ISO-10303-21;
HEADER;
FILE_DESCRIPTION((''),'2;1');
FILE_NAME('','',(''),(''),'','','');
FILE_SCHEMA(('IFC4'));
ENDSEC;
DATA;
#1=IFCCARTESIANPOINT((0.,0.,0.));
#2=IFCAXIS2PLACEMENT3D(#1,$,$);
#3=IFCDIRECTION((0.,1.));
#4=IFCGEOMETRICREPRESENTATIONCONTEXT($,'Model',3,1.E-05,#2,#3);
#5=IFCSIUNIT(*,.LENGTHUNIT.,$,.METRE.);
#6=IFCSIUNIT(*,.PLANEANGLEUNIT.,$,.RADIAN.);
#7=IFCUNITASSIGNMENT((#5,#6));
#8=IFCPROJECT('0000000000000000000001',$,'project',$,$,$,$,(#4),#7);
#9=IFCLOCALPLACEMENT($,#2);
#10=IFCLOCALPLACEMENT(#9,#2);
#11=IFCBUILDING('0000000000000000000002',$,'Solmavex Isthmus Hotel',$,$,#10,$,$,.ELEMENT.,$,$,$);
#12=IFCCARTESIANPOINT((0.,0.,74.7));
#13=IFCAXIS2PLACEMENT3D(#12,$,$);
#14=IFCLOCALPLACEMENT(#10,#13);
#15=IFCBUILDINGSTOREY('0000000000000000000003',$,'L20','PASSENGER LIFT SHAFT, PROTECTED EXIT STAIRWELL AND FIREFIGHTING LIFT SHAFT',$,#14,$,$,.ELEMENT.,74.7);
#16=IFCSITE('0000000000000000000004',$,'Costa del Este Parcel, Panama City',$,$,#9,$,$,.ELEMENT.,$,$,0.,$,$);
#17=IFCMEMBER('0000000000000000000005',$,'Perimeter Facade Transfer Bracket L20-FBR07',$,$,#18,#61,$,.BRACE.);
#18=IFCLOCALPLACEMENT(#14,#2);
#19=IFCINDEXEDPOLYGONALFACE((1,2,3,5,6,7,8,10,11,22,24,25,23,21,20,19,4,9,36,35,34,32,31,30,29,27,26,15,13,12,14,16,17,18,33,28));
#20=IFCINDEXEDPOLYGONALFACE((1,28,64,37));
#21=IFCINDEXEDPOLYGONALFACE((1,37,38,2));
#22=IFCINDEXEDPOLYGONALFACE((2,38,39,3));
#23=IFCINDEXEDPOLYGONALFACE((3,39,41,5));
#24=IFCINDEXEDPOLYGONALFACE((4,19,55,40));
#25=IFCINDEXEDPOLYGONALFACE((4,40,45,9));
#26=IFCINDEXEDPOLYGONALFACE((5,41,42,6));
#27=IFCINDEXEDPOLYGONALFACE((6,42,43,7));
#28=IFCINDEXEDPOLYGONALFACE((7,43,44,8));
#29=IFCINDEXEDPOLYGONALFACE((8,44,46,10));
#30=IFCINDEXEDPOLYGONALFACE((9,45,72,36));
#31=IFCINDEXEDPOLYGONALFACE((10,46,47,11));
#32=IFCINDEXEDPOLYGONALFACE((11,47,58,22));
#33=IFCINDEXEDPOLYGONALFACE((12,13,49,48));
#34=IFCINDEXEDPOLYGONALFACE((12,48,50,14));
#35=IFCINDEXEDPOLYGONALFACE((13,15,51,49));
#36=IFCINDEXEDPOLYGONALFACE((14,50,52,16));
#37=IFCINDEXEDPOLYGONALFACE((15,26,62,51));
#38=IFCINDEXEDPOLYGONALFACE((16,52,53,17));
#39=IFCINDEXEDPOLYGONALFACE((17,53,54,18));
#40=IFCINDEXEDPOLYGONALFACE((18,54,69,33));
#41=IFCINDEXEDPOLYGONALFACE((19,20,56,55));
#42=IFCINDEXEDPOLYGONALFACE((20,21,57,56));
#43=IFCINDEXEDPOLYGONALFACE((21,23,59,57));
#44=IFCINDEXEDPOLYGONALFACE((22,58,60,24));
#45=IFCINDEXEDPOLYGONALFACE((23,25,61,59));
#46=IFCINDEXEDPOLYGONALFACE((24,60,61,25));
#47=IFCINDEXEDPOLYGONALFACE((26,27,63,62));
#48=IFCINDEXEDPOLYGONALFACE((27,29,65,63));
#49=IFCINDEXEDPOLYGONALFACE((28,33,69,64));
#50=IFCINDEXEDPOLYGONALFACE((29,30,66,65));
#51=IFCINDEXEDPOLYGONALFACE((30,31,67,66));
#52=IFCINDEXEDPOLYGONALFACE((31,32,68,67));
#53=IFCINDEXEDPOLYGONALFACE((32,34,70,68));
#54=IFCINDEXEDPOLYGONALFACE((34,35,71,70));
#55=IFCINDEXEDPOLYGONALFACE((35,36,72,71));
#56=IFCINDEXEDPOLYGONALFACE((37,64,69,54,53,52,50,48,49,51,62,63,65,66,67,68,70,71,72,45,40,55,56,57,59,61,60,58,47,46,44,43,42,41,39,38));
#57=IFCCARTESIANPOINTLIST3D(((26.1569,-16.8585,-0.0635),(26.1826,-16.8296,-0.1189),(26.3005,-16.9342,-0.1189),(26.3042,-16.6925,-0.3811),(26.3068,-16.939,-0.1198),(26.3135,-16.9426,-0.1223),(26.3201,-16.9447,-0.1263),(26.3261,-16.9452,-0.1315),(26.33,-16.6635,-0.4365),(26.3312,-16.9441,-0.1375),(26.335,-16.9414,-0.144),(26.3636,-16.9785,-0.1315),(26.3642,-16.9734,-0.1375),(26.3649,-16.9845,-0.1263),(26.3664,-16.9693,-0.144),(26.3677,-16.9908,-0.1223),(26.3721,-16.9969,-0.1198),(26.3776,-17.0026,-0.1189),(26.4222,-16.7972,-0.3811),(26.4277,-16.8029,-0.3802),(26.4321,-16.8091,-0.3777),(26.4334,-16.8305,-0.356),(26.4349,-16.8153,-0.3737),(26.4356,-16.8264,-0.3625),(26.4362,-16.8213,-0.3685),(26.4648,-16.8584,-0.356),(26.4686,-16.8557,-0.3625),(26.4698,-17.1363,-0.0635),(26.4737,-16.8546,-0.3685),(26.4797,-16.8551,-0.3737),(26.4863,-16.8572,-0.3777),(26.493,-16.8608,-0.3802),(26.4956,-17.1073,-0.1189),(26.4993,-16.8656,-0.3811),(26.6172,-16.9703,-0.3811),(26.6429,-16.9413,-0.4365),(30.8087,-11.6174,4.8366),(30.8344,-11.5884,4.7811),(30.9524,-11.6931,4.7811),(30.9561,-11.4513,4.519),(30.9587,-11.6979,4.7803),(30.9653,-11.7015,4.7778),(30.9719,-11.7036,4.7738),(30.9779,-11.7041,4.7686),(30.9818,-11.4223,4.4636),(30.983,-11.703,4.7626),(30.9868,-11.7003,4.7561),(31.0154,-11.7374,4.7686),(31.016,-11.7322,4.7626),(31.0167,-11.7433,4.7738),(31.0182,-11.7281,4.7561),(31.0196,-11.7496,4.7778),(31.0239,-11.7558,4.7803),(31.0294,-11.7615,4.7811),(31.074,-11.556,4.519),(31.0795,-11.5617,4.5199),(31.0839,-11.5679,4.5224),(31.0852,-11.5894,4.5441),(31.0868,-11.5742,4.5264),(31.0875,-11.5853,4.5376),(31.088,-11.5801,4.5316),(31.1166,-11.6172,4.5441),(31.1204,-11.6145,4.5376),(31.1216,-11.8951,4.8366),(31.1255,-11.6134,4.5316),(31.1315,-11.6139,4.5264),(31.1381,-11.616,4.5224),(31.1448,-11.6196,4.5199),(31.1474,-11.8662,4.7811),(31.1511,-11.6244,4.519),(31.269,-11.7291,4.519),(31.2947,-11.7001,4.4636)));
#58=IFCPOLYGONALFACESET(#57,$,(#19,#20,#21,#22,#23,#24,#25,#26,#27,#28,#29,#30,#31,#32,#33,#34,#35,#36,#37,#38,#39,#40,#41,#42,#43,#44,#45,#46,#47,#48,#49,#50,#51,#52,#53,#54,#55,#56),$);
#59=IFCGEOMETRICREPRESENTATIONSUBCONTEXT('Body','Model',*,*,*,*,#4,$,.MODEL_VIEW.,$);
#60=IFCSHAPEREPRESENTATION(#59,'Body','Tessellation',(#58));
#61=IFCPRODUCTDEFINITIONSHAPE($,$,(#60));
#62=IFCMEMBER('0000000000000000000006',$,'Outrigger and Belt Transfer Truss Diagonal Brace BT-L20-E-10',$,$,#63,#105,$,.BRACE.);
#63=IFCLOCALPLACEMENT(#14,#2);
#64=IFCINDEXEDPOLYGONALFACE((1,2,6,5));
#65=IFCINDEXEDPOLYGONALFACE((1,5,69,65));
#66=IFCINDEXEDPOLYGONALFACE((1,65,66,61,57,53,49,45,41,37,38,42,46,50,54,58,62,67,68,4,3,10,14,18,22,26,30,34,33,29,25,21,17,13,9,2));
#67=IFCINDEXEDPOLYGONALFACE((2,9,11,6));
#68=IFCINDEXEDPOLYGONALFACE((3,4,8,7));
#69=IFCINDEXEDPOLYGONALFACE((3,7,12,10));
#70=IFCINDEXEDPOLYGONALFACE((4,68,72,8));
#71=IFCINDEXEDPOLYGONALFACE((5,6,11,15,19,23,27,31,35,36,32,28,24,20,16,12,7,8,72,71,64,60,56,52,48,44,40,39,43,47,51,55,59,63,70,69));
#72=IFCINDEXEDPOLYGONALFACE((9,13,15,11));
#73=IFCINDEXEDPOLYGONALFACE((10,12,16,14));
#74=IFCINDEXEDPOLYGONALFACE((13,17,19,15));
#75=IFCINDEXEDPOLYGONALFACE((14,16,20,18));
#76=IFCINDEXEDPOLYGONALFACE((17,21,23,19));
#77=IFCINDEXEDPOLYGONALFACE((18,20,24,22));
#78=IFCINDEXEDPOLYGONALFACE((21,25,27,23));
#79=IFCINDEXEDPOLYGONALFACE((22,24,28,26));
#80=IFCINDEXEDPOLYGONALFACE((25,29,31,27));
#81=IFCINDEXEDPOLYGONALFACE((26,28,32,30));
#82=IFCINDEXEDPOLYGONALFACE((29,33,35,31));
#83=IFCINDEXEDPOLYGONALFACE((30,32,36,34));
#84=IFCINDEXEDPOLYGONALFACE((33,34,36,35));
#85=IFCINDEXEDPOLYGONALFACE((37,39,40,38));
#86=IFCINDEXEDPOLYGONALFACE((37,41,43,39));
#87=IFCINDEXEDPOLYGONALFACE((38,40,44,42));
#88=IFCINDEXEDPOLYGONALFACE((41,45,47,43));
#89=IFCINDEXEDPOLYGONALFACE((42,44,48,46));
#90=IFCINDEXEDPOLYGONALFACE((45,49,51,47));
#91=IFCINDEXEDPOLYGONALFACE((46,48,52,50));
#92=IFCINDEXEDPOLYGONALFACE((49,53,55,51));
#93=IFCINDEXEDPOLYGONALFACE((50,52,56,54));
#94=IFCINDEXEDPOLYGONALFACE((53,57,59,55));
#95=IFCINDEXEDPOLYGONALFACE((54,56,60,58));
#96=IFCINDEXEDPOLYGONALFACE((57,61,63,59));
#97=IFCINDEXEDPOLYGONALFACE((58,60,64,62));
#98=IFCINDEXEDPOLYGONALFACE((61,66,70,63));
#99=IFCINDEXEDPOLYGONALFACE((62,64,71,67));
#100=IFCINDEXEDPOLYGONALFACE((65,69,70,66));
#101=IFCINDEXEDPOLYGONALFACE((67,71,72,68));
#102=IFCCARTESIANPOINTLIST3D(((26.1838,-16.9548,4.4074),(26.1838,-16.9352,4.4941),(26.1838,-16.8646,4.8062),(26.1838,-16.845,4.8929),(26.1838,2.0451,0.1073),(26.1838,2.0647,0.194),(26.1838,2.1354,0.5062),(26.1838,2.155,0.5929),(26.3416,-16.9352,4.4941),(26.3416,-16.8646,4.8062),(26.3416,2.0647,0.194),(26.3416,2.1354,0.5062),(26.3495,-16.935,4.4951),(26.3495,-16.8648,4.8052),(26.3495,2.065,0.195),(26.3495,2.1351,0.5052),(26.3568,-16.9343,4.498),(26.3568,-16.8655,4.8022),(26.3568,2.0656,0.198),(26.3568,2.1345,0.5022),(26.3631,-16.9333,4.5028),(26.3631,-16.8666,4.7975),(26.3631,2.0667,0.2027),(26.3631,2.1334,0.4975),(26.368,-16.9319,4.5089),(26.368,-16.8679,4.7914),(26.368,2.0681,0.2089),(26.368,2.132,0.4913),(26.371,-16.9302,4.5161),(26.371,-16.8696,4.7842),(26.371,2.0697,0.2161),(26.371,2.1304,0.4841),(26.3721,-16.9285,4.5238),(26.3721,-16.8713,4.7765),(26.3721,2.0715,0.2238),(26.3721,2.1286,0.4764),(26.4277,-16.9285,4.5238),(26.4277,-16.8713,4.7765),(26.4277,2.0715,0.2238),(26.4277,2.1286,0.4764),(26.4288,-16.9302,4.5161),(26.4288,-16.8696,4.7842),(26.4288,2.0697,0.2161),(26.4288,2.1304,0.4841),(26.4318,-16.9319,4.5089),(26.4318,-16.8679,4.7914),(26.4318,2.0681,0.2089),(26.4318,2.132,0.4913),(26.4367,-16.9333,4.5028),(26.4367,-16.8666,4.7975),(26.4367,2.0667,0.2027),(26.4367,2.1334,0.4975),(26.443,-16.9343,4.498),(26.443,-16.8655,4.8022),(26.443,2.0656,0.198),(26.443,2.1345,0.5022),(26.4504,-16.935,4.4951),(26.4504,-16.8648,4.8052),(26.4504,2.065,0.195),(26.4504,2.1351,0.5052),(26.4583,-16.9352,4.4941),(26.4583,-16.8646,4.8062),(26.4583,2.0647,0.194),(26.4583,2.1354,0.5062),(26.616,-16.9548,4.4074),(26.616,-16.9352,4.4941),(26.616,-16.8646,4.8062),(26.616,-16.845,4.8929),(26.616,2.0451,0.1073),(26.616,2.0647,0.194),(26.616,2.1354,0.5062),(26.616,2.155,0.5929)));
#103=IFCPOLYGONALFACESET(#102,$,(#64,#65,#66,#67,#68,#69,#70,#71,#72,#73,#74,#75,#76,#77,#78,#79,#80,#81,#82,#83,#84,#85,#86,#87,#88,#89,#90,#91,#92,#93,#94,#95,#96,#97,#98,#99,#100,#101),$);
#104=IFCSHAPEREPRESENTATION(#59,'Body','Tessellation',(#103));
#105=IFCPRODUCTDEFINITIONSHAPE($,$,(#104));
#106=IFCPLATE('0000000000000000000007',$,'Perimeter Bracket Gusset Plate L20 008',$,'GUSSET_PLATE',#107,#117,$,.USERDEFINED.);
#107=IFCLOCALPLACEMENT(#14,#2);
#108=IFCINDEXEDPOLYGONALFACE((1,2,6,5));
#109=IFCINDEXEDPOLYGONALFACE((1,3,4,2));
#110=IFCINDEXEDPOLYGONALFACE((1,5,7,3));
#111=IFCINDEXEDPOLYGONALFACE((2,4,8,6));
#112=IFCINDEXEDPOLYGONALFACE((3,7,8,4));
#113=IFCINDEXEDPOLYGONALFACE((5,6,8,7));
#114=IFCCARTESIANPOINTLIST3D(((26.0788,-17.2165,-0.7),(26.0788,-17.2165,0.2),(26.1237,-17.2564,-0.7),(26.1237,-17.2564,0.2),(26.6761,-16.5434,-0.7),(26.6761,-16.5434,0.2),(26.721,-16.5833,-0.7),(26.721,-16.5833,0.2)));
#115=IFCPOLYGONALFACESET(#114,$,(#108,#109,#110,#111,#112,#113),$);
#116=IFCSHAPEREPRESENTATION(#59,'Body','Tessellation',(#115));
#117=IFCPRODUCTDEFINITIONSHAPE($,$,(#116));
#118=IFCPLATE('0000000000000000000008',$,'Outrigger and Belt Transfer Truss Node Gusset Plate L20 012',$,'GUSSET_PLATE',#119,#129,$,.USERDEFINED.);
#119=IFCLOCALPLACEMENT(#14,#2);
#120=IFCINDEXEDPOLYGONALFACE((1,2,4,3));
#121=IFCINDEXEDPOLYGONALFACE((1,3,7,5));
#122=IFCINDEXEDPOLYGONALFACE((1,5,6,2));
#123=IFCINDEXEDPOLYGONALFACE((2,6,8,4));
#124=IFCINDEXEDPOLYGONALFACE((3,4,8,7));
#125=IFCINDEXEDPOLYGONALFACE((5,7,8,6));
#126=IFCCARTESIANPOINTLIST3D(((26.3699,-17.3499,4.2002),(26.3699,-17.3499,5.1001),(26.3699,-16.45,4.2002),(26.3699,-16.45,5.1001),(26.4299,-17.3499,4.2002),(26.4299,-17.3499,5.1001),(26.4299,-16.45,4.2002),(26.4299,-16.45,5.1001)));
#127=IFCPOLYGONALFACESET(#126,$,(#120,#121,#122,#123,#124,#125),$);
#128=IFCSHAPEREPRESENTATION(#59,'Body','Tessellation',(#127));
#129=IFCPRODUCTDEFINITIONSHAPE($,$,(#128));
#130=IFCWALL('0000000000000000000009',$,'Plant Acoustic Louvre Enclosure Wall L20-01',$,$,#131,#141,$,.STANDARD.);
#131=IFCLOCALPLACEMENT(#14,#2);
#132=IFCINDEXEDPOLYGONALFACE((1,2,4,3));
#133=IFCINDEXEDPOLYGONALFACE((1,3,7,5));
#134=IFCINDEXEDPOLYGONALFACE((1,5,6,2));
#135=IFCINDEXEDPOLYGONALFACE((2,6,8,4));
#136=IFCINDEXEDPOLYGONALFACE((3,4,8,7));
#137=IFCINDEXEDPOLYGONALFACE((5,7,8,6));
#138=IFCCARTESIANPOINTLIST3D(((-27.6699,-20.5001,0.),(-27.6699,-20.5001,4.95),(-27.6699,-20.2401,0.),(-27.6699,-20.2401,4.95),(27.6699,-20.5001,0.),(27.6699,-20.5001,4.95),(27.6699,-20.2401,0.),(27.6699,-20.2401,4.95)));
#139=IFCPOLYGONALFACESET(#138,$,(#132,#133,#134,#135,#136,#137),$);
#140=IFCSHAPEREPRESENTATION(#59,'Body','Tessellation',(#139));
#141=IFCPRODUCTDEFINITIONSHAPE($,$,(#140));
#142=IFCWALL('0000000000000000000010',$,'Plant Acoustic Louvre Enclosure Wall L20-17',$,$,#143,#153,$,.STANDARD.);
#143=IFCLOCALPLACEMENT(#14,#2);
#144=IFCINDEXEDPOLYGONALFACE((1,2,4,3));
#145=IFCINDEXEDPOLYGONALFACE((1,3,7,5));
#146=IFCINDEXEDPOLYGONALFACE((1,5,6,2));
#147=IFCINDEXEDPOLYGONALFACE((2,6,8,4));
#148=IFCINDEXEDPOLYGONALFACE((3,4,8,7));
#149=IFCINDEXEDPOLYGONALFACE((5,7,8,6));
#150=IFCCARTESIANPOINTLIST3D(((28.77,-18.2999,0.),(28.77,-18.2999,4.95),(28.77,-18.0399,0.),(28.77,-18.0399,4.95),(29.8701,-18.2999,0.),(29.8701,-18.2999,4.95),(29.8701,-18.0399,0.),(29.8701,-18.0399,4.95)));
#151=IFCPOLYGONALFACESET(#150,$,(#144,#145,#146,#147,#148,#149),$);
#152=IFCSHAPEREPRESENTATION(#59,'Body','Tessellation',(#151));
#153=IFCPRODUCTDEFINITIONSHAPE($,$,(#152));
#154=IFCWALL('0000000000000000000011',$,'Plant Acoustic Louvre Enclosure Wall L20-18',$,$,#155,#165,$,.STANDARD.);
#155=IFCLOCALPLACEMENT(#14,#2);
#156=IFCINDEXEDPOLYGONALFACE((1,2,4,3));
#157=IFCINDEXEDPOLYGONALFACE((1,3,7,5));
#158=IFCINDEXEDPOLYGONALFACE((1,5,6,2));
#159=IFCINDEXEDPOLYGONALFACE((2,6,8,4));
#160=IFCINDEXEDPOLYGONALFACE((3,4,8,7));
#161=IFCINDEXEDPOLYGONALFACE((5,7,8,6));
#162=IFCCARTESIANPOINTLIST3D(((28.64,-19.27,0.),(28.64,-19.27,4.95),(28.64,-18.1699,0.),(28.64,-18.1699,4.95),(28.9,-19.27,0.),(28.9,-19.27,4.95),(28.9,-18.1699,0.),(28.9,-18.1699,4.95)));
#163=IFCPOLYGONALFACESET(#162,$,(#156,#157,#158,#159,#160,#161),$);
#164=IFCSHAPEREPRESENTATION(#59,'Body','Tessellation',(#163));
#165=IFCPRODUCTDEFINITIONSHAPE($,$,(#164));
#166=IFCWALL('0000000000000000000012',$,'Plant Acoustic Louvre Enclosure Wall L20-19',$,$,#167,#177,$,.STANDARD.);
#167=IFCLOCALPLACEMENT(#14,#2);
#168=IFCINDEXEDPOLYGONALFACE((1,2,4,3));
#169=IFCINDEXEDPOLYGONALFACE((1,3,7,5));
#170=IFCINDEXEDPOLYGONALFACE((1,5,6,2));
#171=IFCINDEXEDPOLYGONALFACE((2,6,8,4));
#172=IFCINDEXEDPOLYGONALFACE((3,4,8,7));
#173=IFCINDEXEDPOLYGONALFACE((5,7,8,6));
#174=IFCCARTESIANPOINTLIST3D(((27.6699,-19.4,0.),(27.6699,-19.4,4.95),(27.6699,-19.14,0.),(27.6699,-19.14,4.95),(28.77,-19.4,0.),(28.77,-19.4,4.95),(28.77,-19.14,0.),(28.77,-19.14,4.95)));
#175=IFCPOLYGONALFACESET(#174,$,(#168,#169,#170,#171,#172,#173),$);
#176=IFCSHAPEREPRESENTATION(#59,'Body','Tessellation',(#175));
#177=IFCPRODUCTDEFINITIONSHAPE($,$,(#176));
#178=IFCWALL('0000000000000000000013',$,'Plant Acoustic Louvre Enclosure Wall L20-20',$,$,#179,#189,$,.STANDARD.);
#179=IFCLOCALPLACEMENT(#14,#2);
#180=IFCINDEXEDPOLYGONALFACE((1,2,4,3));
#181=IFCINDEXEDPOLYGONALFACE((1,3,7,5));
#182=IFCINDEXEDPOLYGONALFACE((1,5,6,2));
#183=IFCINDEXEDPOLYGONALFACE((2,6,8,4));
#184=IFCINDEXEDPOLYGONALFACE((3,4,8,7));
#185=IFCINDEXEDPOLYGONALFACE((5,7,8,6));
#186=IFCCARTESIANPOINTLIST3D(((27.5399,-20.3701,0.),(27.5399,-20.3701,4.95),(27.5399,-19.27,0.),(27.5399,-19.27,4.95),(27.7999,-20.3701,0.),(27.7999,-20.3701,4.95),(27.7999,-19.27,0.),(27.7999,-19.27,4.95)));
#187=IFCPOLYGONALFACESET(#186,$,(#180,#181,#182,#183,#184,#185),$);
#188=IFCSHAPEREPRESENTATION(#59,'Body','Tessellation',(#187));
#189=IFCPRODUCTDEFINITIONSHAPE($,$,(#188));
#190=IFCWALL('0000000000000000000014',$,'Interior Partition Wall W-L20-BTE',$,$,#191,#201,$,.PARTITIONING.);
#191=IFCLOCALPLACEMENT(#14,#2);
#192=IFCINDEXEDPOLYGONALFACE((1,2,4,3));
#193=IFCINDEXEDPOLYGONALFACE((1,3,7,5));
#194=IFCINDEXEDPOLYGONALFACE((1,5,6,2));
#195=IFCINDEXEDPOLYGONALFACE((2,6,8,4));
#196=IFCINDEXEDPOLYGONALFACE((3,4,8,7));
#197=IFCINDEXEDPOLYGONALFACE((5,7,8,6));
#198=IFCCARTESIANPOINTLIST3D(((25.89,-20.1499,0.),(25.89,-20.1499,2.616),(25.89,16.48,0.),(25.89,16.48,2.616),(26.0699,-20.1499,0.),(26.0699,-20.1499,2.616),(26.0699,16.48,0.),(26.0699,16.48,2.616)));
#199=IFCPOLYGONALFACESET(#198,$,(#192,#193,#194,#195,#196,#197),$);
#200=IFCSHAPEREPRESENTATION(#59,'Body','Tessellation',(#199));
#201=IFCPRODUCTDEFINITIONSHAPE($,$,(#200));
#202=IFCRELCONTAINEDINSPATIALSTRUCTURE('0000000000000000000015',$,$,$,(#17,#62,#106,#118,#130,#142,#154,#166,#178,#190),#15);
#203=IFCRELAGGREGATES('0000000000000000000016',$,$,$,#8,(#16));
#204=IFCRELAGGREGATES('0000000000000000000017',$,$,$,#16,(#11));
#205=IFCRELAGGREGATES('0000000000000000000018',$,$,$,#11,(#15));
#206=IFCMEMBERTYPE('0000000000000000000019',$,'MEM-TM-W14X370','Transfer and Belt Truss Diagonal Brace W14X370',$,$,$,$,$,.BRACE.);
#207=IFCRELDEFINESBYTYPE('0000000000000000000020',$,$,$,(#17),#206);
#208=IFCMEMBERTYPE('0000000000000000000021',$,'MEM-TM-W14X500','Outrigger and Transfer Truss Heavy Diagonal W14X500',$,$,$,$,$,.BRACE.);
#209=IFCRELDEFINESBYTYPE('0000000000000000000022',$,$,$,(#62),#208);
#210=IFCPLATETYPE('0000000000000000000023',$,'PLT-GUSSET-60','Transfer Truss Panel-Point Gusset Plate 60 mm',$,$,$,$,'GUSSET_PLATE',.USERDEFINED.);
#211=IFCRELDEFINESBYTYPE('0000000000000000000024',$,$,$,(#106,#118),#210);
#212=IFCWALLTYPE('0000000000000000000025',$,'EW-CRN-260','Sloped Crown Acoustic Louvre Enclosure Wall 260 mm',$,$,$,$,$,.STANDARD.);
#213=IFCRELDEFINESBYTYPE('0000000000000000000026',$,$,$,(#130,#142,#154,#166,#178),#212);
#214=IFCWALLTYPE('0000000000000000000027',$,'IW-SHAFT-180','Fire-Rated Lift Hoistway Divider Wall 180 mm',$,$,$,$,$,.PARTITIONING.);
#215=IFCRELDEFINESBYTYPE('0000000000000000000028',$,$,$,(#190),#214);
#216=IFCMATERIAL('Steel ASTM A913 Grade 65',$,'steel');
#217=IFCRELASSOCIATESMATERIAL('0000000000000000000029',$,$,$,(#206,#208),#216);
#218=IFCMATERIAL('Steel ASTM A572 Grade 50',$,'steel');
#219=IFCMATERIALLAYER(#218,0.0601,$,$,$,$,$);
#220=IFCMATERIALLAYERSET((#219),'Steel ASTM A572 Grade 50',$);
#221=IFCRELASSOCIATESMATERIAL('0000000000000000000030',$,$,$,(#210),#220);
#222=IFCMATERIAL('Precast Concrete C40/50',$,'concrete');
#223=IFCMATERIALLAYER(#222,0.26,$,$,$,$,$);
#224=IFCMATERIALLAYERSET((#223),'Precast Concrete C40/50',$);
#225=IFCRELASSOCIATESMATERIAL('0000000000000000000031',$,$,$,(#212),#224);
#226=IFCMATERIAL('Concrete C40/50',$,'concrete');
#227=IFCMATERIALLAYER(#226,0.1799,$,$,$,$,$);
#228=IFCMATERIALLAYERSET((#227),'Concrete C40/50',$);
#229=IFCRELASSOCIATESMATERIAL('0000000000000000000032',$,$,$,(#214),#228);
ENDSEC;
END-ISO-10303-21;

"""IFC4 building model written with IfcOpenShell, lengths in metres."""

from ifc_helpers import new_model, si_unit, direction, frame, frame_2d, origin, origin_2d, place, context, subcontext, project, spatial, rectangle, i_section, extrude, material, layer, layer_set, material_profile, profile_set, type_object, element, save


model = new_model("IFC4")

# Units and contexts
model_context = context("Model", 3, precision=1e-05, world=origin(), true_north=direction((0.0, 1.0)))
body_context = subcontext(model_context, "Body", "Model", "MODEL_VIEW")
ifc_project = project(units=[si_unit("LENGTHUNIT", "METRE"), si_unit("PLANEANGLEUNIT", "RADIAN")], contexts=[model_context])

# Site, building, storey
site_placement = place(None, origin())
site = spatial("IfcSite", under=ifc_project, at=site_placement, Name="Costa del Este Parcel, Panama City", CompositionType="ELEMENT", RefElevation=0.0)
building_placement = place(site_placement, origin())
building = spatial("IfcBuilding", under=site, at=building_placement, Name="Solmavex Isthmus Hotel", CompositionType="ELEMENT")
storey_placement = place(building_placement, frame((0.0, 0.0, 74.7)))
storey = spatial("IfcBuildingStorey", under=building, at=storey_placement, Name="L20", Description="PASSENGER LIFT SHAFT, PROTECTED EXIT STAIRWELL AND FIREFIGHTING LIFT SHAFT", CompositionType="ELEMENT", Elevation=74.7)

# Shared definitions
ifc_material_1 = material(Name="Steel ASTM A913 Grade 65", Category="steel")

# Members
ifc_material_profile_1 = material_profile(ifc_material_1, i_section(OverallWidth=0.4185, OverallDepth=0.4551, WebThickness=0.042, FlangeThickness=0.0676, FilletRadius=0.0305, at=origin_2d()), Name="W14X370")
ifc_profile_set_1 = profile_set([ifc_material_profile_1], Name="Steel ASTM A913 Grade 65")
member_type_1 = type_object("IfcMemberType", Name="MEM-TM-W14X370", Description="Transfer and Belt Truss Diagonal Brace W14X370", PredefinedType="BRACE", material=ifc_profile_set_1)
member_1_placement = place(storey_placement, frame((26.3999, -16.8999, -0.25), z_axis=(0.544006, 0.612928, 0.573042), x_axis=(-0.747905, 0.663806, 0.0)))
element("IfcMember", 1, at=member_1_placement, inside=storey, type_object=member_type_1, Name="Perimeter Facade Transfer Bracket L20-FBR07", PredefinedType="BRACE", context=body_context, shape_type="SweptSolid", body=[
    extrude(i_section(OverallWidth=0.4185, OverallDepth=0.4551, WebThickness=0.042, FlangeThickness=0.0676, FilletRadius=0.0305, at=origin_2d()), origin(), (0.0, 0.0, 1.0), 8.551),
])
ifc_material_profile_2 = material_profile(ifc_material_1, i_section(OverallWidth=0.4321, OverallDepth=0.4978, WebThickness=0.0557, FlangeThickness=0.0889, FilletRadius=0.0305, at=origin_2d()), Name="W14X500")
ifc_profile_set_2 = profile_set([ifc_material_profile_2], Name="Steel ASTM A913 Grade 65")
member_type_2 = type_object("IfcMemberType", Name="MEM-TM-W14X500", Description="Outrigger and Transfer Truss Heavy Diagonal W14X500", PredefinedType="BRACE", material=ifc_profile_set_2)
member_2_placement = place(storey_placement, frame((26.3999, -16.8999, 4.6501), z_axis=(0.0, 0.975334, -0.220736), x_axis=(-1.0, 0.0, 0.0)))
element("IfcMember", 2, at=member_2_placement, inside=storey, type_object=member_type_2, Name="Outrigger and Belt Transfer Truss Diagonal Brace BT-L20-E-10", PredefinedType="BRACE", context=body_context, shape_type="SweptSolid", body=[
    extrude(i_section(OverallWidth=0.4321, OverallDepth=0.4978, WebThickness=0.0557, FlangeThickness=0.0889, FilletRadius=0.0305, at=origin_2d()), origin(), (0.0, 0.0, 1.0), 19.4805),
])

# Plates
ifc_material_2 = material(Name="Steel ASTM A572 Grade 50", Category="steel")
ifc_layer_1 = layer(ifc_material_2, 0.0601)
ifc_layer_set_1 = layer_set([ifc_layer_1], Name="Steel ASTM A572 Grade 50")
plate_type = type_object("IfcPlateType", Name="PLT-GUSSET-60", Description="Transfer Truss Panel-Point Gusset Plate 60 mm", ElementType="GUSSET_PLATE", PredefinedType="USERDEFINED", material=ifc_layer_set_1)
for number, where, z_axis, x_axis, name in (
    (3, (26.3999, -16.8999, -0.7), (0.0, 0.0, 1.0), (0.663796, 0.747914, 0.0), "Perimeter Bracket Gusset Plate L20 008"),
    (4, (26.3999, -16.8999, 4.2002), (0.0, 0.0, 1.0), (0.0, 1.0, 0.0), "Outrigger and Belt Transfer Truss Node Gusset Plate L20 012"),
):
    element("IfcPlate", number, at=place(storey_placement, frame(where, z_axis=z_axis, x_axis=x_axis)), inside=storey, type_object=plate_type, Name=name, ObjectType="GUSSET_PLATE", PredefinedType="USERDEFINED", context=body_context, shape_type="SweptSolid", body=[
        extrude(rectangle(XDim=0.8999, YDim=0.0601, at=origin_2d()), origin(), (0.0, 0.0, 1.0), 0.8999),
    ])

# Walls
ifc_material_3 = material(Name="Precast Concrete C40/50", Category="concrete")
ifc_layer_2 = layer(ifc_material_3, 0.26)
ifc_layer_set_2 = layer_set([ifc_layer_2], Name="Precast Concrete C40/50")
wall_type_1 = type_object("IfcWallType", Name="EW-CRN-260", Description="Sloped Crown Acoustic Louvre Enclosure Wall 260 mm", PredefinedType="STANDARD", material=ifc_layer_set_2)
wall_1_placement = place(storey_placement, frame((27.6699, -20.3701, 0.0), z_axis=(0.0, 0.0, 1.0), x_axis=(-1.0, 0.0, 0.0)))
element("IfcWall", 5, at=wall_1_placement, inside=storey, type_object=wall_type_1, Name="Plant Acoustic Louvre Enclosure Wall L20-01", PredefinedType="STANDARD", context=body_context, shape_type="SweptSolid", body=[
    extrude(rectangle(XDim=55.3398, YDim=0.26, at=frame_2d((27.6699, 0.0))), origin(), (0.0, 0.0, 1.0), 4.95),
])
for number, where, z_axis, x_axis, name in (
    (6, (29.8701, -18.1699, 0.0), (0.0, 0.0, 1.0), (-1.0, 0.0, 0.0), "Plant Acoustic Louvre Enclosure Wall L20-17"),
    (7, (28.77, -18.1699, 0.0), (0.0, 0.0, 1.0), (0.0, -1.0, 0.0), "Plant Acoustic Louvre Enclosure Wall L20-18"),
    (8, (28.77, -19.27, 0.0), (0.0, 0.0, 1.0), (-1.0, 0.0, 0.0), "Plant Acoustic Louvre Enclosure Wall L20-19"),
    (9, (27.6699, -19.27, 0.0), (0.0, 0.0, 1.0), (0.0, -1.0, 0.0), "Plant Acoustic Louvre Enclosure Wall L20-20"),
):
    element("IfcWall", number, at=place(storey_placement, frame(where, z_axis=z_axis, x_axis=x_axis)), inside=storey, type_object=wall_type_1, Name=name, PredefinedType="STANDARD", context=body_context, shape_type="SweptSolid", body=[
        extrude(rectangle(XDim=1.1001, YDim=0.26, at=frame_2d((0.55, 0.0))), origin(), (0.0, 0.0, 1.0), 4.95),
    ])
ifc_material_4 = material(Name="Concrete C40/50", Category="concrete")
ifc_layer_3 = layer(ifc_material_4, 0.1799)
ifc_layer_set_3 = layer_set([ifc_layer_3], Name="Concrete C40/50")
wall_type_2 = type_object("IfcWallType", Name="IW-SHAFT-180", Description="Fire-Rated Lift Hoistway Divider Wall 180 mm", PredefinedType="PARTITIONING", material=ifc_layer_set_3)
wall_2_placement = place(storey_placement, frame((25.98, -20.1499, 0.0), z_axis=(0.0, 0.0, 1.0), x_axis=(0.0, 1.0, 0.0)))
element("IfcWall", 10, at=wall_2_placement, inside=storey, type_object=wall_type_2, Name="Interior Partition Wall W-L20-BTE", PredefinedType="PARTITIONING", context=body_context, shape_type="SweptSolid", body=[
    extrude(rectangle(XDim=36.6299, YDim=0.1799, at=frame_2d((18.3149, 0.0))), origin(), (0.0, 0.0, 1.0), 2.616),
])

save(model, "model.ifc")
